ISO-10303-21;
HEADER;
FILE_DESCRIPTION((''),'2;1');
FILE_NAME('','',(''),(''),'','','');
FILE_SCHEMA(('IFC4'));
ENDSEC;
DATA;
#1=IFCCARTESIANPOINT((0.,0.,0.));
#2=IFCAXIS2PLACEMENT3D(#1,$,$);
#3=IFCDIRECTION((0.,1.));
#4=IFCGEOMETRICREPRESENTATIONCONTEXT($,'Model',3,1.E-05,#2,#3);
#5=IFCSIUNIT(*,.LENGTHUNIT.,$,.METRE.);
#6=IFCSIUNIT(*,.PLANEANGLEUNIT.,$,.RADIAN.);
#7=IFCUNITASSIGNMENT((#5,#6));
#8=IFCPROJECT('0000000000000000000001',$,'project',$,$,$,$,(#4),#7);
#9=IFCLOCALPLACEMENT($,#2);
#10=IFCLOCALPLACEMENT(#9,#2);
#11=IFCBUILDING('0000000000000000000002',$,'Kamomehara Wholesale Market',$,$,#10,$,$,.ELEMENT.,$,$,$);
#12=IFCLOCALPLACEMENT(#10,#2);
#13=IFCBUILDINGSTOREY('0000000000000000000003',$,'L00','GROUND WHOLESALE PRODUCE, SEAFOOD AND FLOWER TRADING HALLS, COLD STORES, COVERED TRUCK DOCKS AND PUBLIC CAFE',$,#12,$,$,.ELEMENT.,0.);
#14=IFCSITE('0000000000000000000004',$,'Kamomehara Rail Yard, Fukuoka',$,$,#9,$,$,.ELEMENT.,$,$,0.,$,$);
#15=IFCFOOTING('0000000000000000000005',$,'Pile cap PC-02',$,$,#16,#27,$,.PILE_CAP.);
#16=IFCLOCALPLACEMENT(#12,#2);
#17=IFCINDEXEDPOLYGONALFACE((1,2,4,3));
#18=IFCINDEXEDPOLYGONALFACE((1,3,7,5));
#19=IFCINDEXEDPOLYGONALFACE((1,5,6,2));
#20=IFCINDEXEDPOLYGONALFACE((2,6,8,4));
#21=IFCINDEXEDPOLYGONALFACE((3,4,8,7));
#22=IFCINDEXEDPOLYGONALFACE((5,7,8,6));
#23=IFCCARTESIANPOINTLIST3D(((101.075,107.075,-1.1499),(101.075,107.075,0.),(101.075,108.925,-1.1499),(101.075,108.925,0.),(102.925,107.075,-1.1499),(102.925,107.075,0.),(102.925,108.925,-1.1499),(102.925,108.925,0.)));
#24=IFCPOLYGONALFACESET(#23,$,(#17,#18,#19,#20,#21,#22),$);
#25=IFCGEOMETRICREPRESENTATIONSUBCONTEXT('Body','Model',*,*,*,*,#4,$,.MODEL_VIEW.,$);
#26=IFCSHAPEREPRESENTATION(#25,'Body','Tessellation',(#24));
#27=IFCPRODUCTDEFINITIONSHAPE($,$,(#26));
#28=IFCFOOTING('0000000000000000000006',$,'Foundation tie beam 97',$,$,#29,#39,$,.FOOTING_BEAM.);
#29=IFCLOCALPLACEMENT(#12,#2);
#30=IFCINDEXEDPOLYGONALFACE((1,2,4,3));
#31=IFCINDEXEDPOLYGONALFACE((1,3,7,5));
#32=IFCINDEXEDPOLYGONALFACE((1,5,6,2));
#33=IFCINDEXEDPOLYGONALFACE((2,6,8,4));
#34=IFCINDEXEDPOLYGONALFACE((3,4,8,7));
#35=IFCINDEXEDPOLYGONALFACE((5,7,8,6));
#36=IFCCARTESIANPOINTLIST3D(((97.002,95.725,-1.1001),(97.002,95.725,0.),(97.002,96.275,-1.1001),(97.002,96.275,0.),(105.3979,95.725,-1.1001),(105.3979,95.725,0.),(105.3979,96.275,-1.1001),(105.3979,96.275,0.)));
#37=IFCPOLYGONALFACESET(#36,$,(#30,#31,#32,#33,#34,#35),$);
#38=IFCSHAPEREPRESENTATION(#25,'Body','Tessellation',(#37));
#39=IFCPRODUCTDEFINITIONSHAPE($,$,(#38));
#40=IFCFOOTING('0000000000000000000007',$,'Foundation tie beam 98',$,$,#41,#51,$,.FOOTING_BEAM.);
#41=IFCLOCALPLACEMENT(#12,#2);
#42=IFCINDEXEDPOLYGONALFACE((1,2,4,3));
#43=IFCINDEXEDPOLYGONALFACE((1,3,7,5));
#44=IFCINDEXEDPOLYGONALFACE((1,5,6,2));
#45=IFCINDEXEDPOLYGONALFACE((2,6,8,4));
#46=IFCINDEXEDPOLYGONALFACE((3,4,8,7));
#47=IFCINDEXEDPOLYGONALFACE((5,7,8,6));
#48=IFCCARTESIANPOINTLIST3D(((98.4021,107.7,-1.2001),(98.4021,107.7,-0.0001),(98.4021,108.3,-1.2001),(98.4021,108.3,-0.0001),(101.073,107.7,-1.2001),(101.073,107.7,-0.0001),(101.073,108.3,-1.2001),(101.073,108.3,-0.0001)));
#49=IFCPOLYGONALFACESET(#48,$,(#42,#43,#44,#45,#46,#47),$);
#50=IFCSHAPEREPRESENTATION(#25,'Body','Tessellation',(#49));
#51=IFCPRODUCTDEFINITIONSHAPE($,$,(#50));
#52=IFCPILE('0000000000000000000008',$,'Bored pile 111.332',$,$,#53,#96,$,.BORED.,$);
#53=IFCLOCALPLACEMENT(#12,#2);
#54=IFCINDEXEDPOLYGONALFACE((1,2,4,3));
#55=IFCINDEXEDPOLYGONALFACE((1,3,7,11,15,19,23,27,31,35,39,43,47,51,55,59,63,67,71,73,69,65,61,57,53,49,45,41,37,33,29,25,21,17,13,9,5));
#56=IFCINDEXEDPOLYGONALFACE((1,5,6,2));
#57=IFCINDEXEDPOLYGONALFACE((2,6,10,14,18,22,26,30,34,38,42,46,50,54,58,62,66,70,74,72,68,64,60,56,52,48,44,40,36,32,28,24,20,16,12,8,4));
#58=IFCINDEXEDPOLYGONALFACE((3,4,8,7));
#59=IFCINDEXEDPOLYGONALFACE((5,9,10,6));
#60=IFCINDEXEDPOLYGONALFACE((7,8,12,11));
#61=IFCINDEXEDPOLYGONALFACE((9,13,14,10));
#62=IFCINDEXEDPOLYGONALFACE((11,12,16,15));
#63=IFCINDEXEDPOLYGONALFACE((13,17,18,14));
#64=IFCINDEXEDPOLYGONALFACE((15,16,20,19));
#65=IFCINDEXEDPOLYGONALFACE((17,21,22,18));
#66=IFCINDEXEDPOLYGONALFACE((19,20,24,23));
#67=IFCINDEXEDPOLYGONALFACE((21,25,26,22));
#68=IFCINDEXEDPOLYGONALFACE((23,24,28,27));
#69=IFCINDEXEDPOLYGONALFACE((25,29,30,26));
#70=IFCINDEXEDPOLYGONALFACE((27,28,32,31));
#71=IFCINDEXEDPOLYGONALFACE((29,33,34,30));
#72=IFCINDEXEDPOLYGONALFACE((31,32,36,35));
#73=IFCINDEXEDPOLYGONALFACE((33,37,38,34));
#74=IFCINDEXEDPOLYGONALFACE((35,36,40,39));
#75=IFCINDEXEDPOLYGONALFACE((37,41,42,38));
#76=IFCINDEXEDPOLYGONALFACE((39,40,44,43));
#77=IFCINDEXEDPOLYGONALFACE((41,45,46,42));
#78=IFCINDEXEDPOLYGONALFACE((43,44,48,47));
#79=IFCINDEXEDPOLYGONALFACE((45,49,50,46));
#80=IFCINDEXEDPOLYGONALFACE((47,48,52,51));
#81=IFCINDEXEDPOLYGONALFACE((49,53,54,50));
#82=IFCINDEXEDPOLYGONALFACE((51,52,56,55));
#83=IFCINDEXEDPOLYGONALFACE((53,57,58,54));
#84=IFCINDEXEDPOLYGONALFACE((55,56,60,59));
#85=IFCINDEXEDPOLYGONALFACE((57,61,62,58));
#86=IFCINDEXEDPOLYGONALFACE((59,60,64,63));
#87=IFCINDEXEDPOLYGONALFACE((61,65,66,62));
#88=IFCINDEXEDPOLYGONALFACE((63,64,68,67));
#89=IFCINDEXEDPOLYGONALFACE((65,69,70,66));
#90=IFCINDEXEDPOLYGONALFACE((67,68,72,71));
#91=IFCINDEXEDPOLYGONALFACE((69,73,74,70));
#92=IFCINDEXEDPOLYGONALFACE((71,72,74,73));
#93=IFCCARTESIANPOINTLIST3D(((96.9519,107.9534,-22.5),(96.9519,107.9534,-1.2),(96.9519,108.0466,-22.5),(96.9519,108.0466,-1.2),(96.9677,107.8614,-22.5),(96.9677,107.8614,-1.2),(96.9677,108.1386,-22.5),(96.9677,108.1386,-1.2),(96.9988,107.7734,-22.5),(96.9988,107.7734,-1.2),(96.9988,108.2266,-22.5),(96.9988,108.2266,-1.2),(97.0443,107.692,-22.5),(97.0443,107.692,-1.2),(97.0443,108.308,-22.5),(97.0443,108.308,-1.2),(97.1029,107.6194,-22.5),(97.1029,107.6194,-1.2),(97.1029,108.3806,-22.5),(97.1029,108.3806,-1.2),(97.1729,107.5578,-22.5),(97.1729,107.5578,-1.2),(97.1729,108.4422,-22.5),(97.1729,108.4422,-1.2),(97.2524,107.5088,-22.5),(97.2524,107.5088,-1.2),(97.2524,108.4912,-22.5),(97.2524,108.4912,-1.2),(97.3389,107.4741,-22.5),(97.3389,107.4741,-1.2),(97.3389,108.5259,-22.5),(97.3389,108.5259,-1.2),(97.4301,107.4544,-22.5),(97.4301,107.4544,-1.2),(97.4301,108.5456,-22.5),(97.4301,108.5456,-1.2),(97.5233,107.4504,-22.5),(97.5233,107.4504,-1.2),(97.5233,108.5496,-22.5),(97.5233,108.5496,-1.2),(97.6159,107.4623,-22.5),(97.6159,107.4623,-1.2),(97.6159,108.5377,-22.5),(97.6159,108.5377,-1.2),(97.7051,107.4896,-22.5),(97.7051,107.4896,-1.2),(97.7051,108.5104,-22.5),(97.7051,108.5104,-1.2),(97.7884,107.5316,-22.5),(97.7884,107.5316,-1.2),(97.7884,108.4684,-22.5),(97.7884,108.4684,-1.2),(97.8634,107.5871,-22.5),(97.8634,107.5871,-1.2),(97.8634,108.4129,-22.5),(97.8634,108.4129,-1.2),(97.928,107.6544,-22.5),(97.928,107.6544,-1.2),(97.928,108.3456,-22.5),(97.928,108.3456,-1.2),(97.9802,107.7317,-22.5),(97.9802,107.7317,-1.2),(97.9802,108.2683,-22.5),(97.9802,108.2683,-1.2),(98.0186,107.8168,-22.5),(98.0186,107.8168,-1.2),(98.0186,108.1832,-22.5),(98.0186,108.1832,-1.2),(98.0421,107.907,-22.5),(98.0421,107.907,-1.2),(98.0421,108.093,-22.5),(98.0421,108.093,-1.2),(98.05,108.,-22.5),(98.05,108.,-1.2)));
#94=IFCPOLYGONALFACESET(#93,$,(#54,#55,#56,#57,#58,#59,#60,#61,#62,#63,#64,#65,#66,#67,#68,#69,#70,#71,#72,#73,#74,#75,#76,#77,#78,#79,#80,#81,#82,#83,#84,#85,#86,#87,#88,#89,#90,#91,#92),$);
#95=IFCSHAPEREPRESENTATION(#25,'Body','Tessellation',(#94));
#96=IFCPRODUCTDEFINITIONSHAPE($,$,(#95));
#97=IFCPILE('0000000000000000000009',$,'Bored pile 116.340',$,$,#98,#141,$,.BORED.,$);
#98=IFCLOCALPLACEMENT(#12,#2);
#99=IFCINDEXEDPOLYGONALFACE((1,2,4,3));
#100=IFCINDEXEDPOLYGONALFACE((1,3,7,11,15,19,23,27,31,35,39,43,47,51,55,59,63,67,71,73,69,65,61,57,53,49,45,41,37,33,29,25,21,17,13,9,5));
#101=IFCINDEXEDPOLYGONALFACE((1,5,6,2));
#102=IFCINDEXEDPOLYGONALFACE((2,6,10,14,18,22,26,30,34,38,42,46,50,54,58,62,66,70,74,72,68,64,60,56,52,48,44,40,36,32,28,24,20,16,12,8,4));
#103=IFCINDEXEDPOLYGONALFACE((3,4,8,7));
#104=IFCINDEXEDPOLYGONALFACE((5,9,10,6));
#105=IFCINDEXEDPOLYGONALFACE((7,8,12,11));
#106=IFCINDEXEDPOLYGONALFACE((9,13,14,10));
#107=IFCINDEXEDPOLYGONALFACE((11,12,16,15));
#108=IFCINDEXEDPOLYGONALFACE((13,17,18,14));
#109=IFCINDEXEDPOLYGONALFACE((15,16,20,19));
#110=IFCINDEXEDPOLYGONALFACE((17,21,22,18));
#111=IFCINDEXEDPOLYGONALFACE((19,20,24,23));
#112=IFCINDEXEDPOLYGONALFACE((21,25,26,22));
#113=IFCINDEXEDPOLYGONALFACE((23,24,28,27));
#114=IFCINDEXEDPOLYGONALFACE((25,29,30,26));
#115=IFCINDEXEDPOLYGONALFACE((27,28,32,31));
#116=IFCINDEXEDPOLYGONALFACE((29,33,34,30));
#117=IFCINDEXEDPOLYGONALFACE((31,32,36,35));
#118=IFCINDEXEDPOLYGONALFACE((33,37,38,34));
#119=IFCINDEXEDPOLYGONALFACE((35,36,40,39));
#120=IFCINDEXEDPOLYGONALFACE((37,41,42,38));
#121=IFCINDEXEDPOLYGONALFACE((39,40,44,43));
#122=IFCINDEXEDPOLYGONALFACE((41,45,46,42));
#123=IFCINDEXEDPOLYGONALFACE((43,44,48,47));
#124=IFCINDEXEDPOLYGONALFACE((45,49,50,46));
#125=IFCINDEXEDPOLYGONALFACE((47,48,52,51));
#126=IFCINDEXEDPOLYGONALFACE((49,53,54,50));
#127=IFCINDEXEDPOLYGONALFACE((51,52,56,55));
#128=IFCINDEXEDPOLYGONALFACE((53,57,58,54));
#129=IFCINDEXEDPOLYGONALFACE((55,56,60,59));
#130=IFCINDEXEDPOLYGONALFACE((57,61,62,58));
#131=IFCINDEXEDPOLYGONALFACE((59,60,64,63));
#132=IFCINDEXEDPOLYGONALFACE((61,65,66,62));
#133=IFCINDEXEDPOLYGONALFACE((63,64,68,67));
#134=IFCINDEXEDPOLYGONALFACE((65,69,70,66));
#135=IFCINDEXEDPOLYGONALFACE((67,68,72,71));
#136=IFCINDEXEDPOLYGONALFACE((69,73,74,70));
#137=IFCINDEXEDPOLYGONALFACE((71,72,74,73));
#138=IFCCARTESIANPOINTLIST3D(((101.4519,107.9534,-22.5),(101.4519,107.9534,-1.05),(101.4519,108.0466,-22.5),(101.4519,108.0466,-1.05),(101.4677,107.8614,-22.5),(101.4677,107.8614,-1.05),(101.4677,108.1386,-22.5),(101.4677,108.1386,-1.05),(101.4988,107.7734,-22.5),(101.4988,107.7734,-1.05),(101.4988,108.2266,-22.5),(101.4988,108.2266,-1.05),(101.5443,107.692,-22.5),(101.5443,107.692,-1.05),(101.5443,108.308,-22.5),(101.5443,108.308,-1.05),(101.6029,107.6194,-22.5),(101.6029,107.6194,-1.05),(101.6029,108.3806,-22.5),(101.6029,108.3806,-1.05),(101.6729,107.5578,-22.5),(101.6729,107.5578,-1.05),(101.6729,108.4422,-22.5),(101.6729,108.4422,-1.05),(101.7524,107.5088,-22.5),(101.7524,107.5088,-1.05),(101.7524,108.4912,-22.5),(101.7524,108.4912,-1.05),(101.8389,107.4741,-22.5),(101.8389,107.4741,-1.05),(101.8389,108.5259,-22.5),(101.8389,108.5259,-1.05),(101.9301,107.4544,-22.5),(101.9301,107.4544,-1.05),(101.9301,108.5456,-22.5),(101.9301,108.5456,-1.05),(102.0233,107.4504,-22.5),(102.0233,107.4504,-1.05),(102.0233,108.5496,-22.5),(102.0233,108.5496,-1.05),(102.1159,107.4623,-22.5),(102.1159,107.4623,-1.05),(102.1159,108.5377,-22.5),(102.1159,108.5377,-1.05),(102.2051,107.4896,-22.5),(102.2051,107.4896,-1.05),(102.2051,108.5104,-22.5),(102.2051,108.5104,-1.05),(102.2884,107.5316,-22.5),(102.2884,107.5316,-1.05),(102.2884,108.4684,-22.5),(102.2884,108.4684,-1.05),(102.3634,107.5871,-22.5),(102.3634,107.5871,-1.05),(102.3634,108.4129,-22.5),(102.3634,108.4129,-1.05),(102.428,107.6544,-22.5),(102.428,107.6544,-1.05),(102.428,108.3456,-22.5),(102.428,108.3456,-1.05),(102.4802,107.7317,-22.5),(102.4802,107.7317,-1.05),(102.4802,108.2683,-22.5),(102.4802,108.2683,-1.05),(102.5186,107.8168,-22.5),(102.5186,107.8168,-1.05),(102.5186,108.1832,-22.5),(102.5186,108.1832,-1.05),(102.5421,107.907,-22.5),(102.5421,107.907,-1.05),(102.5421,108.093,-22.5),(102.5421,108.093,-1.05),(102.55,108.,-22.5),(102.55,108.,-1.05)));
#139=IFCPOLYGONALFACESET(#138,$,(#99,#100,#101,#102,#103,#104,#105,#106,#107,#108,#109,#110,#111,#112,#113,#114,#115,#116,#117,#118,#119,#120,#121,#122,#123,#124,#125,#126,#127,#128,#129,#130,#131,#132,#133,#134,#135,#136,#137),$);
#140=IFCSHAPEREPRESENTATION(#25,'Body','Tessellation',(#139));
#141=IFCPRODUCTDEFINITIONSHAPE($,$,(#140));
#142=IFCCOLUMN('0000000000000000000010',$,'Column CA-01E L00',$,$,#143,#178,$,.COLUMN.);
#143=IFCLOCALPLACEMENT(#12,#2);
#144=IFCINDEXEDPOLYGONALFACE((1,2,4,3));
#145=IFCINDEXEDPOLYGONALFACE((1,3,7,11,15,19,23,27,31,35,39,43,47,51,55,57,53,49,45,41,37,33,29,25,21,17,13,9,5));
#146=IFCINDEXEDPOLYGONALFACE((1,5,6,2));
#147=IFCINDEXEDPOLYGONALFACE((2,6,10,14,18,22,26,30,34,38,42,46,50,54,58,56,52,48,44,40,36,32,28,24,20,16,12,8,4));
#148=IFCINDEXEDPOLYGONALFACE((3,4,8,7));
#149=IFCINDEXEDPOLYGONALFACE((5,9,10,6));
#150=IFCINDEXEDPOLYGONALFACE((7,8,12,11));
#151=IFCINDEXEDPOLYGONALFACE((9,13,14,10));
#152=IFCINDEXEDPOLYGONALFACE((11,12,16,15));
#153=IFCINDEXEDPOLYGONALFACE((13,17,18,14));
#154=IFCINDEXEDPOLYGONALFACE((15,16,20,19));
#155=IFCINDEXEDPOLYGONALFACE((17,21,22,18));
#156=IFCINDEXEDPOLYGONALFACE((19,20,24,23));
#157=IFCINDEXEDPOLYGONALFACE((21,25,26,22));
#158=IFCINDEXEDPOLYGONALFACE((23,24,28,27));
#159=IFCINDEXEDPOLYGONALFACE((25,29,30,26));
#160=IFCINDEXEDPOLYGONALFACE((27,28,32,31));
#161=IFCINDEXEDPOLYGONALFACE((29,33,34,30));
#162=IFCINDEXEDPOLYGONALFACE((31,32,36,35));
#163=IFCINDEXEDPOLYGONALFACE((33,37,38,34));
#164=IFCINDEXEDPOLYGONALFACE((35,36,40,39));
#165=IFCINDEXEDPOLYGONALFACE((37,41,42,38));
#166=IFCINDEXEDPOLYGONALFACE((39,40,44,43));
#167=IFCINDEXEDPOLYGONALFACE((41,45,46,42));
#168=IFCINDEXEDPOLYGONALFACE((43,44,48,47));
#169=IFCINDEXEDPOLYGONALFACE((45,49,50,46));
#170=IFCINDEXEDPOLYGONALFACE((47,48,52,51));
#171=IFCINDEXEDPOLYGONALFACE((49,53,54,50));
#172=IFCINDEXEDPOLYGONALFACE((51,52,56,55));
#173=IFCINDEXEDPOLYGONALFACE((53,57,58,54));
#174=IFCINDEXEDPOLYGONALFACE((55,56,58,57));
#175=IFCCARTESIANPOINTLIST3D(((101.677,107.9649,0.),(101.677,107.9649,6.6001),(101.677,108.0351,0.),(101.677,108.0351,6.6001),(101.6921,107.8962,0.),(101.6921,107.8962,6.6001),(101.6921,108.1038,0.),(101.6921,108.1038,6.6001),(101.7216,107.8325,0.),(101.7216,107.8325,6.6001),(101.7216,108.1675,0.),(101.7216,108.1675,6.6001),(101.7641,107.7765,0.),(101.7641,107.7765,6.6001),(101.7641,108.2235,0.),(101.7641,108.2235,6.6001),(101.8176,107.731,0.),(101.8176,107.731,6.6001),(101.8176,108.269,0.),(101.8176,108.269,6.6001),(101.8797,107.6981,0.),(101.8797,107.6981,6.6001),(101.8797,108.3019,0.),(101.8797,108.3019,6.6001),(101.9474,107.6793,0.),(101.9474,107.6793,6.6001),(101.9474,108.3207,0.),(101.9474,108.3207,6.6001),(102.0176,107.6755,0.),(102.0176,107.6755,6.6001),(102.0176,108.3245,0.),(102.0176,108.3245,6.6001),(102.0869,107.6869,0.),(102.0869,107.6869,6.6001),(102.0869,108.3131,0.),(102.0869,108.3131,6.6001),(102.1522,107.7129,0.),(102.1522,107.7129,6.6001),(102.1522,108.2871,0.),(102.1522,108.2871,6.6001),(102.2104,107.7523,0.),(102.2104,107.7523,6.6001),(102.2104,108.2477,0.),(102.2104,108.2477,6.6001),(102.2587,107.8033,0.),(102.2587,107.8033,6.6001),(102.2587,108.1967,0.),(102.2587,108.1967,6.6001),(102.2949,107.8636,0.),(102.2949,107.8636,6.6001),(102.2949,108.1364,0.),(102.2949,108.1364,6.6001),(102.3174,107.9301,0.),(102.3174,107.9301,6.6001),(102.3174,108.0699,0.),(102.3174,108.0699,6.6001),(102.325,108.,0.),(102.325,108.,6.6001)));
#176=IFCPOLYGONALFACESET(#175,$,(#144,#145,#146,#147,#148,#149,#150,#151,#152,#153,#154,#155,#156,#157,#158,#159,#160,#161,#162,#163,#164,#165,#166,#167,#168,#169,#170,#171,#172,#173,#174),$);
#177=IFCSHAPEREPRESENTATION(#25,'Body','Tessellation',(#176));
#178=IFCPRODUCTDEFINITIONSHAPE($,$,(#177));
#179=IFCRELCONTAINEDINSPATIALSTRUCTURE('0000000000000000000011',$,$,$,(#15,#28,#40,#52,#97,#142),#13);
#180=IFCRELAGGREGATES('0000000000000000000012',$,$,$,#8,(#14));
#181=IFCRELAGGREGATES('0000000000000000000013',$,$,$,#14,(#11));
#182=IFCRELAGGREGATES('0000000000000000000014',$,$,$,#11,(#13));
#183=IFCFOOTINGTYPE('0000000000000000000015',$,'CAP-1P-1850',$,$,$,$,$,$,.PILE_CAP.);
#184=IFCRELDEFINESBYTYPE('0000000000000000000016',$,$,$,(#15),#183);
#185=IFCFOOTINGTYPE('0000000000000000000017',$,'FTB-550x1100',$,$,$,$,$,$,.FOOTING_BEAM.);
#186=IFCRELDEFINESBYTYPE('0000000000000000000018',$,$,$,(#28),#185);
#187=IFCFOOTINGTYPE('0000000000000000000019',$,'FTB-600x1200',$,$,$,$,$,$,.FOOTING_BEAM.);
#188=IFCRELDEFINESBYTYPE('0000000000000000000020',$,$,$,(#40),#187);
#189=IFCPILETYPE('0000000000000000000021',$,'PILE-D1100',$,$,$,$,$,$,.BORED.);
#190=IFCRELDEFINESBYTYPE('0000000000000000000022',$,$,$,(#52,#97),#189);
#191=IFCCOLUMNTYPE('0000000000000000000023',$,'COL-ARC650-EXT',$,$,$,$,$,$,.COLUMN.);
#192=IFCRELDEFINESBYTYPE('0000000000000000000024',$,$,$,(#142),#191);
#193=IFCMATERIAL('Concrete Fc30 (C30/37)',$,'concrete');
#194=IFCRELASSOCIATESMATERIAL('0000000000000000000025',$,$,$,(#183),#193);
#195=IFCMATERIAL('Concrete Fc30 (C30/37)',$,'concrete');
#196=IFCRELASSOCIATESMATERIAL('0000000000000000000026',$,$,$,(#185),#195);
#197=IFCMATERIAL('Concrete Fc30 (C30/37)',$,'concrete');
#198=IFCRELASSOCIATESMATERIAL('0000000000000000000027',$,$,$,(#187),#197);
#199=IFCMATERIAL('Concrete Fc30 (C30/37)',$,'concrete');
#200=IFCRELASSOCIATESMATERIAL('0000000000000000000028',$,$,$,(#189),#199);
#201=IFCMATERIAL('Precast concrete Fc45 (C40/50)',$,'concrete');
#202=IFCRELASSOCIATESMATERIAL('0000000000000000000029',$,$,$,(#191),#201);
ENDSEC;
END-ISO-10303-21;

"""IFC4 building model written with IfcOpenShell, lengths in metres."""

from ifc_helpers import new_model, si_unit, direction, frame, origin, origin_2d, place, context, subcontext, project, spatial, rectangle, circle, extrude, material, material_profile, profile_set, type_object, element, save


model = new_model("IFC4")

# Units and contexts
model_context = context("Model", 3, precision=1e-05, world=origin(), true_north=direction((0.0, 1.0)))
body_context = subcontext(model_context, "Body", "Model", "MODEL_VIEW")
ifc_project = project(units=[si_unit("LENGTHUNIT", "METRE"), si_unit("PLANEANGLEUNIT", "RADIAN")], contexts=[model_context])

# Site, building, storey
site_placement = place(None, origin())
site = spatial("IfcSite", under=ifc_project, at=site_placement, Name="Kamomehara Rail Yard, Fukuoka", CompositionType="ELEMENT", RefElevation=0.0)
building_placement = place(site_placement, origin())
building = spatial("IfcBuilding", under=site, at=building_placement, Name="Kamomehara Wholesale Market", CompositionType="ELEMENT")
storey_placement = place(building_placement, origin())
storey = spatial("IfcBuildingStorey", under=building, at=storey_placement, Name="L00", Description="GROUND WHOLESALE PRODUCE, SEAFOOD AND FLOWER TRADING HALLS, COLD STORES, COVERED TRUCK DOCKS AND PUBLIC CAFE", CompositionType="ELEMENT", Elevation=0.0)

# Footings
ifc_material_1 = material(Name="Concrete Fc30 (C30/37)", Category="concrete")
footing_type_1 = type_object("IfcFootingType", Name="CAP-1P-1850", PredefinedType="PILE_CAP", material=ifc_material_1)
footing_1_placement = place(storey_placement, frame((102.0, 108.0, -1.1499), z_axis=(0.0, 0.0, 1.0), x_axis=(1.0, 0.0, 0.0)))
element("IfcFooting", 1, at=footing_1_placement, inside=storey, type_object=footing_type_1, Name="Pile cap PC-02", PredefinedType="PILE_CAP", context=body_context, shape_type="SweptSolid", body=[
    extrude(rectangle(XDim=1.8501, YDim=1.8501, at=origin_2d()), origin(), (0.0, 0.0, 1.0), 1.1499),
])
ifc_material_2 = material(Name="Concrete Fc30 (C30/37)", Category="concrete")
ifc_material_profile_1 = material_profile(ifc_material_2, rectangle(XDim=0.55, YDim=1.1001, at=origin_2d()), Name="RC-FTB-550x1100")
ifc_profile_set_1 = profile_set([ifc_material_profile_1], Name="Concrete Fc30 (C30/37)")
footing_type_2 = type_object("IfcFootingType", Name="FTB-550x1100", PredefinedType="FOOTING_BEAM", material=ifc_profile_set_1)
footing_2_placement = place(storey_placement, frame((97.002, 96.0, -0.55), z_axis=(1.0, 0.0, 0.0), x_axis=(0.0, 1.0, 0.0)))
element("IfcFooting", 2, at=footing_2_placement, inside=storey, type_object=footing_type_2, Name="Foundation tie beam 97", PredefinedType="FOOTING_BEAM", context=body_context, shape_type="SweptSolid", body=[
    extrude(rectangle(XDim=0.55, YDim=1.1001, at=origin_2d()), origin(), (0.0, 0.0, 1.0), 8.396),
])
ifc_material_3 = material(Name="Concrete Fc30 (C30/37)", Category="concrete")
ifc_material_profile_2 = material_profile(ifc_material_3, rectangle(XDim=0.6001, YDim=1.2, at=origin_2d()), Name="RC-FTB-600x1200")
ifc_profile_set_2 = profile_set([ifc_material_profile_2], Name="Concrete Fc30 (C30/37)")
footing_type_3 = type_object("IfcFootingType", Name="FTB-600x1200", PredefinedType="FOOTING_BEAM", material=ifc_profile_set_2)
footing_3_placement = place(storey_placement, frame((98.4021, 108.0, -0.6001), z_axis=(1.0, 0.0, 0.0), x_axis=(0.0, 1.0, 0.0)))
element("IfcFooting", 3, at=footing_3_placement, inside=storey, type_object=footing_type_3, Name="Foundation tie beam 98", PredefinedType="FOOTING_BEAM", context=body_context, shape_type="SweptSolid", body=[
    extrude(rectangle(XDim=0.6001, YDim=1.2, at=origin_2d()), origin(), (0.0, 0.0, 1.0), 2.6709),
])

# Piles
ifc_material_4 = material(Name="Concrete Fc30 (C30/37)", Category="concrete")
ifc_material_profile_3 = material_profile(ifc_material_4, circle(Radius=0.55, at=origin_2d()), Name="RC-PILE-D1100")
ifc_profile_set_3 = profile_set([ifc_material_profile_3], Name="Concrete Fc30 (C30/37)")
pile_type = type_object("IfcPileType", Name="PILE-D1100", PredefinedType="BORED", material=ifc_profile_set_3)
pile_1_placement = place(storey_placement, frame((97.5, 108.0, -1.2), z_axis=(0.0, 0.0, -1.0), x_axis=(1.0, 0.0, 0.0)))
element("IfcPile", 4, at=pile_1_placement, inside=storey, type_object=pile_type, Name="Bored pile 111.332", PredefinedType="BORED", context=body_context, shape_type="SweptSolid", body=[
    extrude(circle(Radius=0.55, at=origin_2d()), origin(), (0.0, 0.0, 1.0), 21.3),
])
pile_2_placement = place(storey_placement, frame((102.0, 108.0, -1.05), z_axis=(0.0, 0.0, -1.0), x_axis=(1.0, 0.0, 0.0)))
element("IfcPile", 5, at=pile_2_placement, inside=storey, type_object=pile_type, Name="Bored pile 116.340", PredefinedType="BORED", context=body_context, shape_type="SweptSolid", body=[
    extrude(circle(Radius=0.55, at=origin_2d()), origin(), (0.0, 0.0, 1.0), 21.45),
])

# Column
ifc_material_5 = material(Name="Precast concrete Fc45 (C40/50)", Category="concrete")
ifc_material_profile_4 = material_profile(ifc_material_5, circle(Radius=0.325, at=origin_2d()), Name="PC-ARC-D650")
ifc_profile_set_4 = profile_set([ifc_material_profile_4], Name="Precast concrete Fc45 (C40/50)")
column_type = type_object("IfcColumnType", Name="COL-ARC650-EXT", PredefinedType="COLUMN", material=ifc_profile_set_4)
column_placement = place(storey_placement, frame((102.0, 108.0, 0.0), z_axis=(0.0, 0.0, 1.0), x_axis=(1.0, 0.0, 0.0)))
element("IfcColumn", 6, at=column_placement, inside=storey, type_object=column_type, Name="Column CA-01E L00", PredefinedType="COLUMN", context=body_context, shape_type="SweptSolid", body=[
    extrude(circle(Radius=0.325, at=origin_2d()), origin(), (0.0, 0.0, 1.0), 6.6001),
])

save(model, "model.ifc")
